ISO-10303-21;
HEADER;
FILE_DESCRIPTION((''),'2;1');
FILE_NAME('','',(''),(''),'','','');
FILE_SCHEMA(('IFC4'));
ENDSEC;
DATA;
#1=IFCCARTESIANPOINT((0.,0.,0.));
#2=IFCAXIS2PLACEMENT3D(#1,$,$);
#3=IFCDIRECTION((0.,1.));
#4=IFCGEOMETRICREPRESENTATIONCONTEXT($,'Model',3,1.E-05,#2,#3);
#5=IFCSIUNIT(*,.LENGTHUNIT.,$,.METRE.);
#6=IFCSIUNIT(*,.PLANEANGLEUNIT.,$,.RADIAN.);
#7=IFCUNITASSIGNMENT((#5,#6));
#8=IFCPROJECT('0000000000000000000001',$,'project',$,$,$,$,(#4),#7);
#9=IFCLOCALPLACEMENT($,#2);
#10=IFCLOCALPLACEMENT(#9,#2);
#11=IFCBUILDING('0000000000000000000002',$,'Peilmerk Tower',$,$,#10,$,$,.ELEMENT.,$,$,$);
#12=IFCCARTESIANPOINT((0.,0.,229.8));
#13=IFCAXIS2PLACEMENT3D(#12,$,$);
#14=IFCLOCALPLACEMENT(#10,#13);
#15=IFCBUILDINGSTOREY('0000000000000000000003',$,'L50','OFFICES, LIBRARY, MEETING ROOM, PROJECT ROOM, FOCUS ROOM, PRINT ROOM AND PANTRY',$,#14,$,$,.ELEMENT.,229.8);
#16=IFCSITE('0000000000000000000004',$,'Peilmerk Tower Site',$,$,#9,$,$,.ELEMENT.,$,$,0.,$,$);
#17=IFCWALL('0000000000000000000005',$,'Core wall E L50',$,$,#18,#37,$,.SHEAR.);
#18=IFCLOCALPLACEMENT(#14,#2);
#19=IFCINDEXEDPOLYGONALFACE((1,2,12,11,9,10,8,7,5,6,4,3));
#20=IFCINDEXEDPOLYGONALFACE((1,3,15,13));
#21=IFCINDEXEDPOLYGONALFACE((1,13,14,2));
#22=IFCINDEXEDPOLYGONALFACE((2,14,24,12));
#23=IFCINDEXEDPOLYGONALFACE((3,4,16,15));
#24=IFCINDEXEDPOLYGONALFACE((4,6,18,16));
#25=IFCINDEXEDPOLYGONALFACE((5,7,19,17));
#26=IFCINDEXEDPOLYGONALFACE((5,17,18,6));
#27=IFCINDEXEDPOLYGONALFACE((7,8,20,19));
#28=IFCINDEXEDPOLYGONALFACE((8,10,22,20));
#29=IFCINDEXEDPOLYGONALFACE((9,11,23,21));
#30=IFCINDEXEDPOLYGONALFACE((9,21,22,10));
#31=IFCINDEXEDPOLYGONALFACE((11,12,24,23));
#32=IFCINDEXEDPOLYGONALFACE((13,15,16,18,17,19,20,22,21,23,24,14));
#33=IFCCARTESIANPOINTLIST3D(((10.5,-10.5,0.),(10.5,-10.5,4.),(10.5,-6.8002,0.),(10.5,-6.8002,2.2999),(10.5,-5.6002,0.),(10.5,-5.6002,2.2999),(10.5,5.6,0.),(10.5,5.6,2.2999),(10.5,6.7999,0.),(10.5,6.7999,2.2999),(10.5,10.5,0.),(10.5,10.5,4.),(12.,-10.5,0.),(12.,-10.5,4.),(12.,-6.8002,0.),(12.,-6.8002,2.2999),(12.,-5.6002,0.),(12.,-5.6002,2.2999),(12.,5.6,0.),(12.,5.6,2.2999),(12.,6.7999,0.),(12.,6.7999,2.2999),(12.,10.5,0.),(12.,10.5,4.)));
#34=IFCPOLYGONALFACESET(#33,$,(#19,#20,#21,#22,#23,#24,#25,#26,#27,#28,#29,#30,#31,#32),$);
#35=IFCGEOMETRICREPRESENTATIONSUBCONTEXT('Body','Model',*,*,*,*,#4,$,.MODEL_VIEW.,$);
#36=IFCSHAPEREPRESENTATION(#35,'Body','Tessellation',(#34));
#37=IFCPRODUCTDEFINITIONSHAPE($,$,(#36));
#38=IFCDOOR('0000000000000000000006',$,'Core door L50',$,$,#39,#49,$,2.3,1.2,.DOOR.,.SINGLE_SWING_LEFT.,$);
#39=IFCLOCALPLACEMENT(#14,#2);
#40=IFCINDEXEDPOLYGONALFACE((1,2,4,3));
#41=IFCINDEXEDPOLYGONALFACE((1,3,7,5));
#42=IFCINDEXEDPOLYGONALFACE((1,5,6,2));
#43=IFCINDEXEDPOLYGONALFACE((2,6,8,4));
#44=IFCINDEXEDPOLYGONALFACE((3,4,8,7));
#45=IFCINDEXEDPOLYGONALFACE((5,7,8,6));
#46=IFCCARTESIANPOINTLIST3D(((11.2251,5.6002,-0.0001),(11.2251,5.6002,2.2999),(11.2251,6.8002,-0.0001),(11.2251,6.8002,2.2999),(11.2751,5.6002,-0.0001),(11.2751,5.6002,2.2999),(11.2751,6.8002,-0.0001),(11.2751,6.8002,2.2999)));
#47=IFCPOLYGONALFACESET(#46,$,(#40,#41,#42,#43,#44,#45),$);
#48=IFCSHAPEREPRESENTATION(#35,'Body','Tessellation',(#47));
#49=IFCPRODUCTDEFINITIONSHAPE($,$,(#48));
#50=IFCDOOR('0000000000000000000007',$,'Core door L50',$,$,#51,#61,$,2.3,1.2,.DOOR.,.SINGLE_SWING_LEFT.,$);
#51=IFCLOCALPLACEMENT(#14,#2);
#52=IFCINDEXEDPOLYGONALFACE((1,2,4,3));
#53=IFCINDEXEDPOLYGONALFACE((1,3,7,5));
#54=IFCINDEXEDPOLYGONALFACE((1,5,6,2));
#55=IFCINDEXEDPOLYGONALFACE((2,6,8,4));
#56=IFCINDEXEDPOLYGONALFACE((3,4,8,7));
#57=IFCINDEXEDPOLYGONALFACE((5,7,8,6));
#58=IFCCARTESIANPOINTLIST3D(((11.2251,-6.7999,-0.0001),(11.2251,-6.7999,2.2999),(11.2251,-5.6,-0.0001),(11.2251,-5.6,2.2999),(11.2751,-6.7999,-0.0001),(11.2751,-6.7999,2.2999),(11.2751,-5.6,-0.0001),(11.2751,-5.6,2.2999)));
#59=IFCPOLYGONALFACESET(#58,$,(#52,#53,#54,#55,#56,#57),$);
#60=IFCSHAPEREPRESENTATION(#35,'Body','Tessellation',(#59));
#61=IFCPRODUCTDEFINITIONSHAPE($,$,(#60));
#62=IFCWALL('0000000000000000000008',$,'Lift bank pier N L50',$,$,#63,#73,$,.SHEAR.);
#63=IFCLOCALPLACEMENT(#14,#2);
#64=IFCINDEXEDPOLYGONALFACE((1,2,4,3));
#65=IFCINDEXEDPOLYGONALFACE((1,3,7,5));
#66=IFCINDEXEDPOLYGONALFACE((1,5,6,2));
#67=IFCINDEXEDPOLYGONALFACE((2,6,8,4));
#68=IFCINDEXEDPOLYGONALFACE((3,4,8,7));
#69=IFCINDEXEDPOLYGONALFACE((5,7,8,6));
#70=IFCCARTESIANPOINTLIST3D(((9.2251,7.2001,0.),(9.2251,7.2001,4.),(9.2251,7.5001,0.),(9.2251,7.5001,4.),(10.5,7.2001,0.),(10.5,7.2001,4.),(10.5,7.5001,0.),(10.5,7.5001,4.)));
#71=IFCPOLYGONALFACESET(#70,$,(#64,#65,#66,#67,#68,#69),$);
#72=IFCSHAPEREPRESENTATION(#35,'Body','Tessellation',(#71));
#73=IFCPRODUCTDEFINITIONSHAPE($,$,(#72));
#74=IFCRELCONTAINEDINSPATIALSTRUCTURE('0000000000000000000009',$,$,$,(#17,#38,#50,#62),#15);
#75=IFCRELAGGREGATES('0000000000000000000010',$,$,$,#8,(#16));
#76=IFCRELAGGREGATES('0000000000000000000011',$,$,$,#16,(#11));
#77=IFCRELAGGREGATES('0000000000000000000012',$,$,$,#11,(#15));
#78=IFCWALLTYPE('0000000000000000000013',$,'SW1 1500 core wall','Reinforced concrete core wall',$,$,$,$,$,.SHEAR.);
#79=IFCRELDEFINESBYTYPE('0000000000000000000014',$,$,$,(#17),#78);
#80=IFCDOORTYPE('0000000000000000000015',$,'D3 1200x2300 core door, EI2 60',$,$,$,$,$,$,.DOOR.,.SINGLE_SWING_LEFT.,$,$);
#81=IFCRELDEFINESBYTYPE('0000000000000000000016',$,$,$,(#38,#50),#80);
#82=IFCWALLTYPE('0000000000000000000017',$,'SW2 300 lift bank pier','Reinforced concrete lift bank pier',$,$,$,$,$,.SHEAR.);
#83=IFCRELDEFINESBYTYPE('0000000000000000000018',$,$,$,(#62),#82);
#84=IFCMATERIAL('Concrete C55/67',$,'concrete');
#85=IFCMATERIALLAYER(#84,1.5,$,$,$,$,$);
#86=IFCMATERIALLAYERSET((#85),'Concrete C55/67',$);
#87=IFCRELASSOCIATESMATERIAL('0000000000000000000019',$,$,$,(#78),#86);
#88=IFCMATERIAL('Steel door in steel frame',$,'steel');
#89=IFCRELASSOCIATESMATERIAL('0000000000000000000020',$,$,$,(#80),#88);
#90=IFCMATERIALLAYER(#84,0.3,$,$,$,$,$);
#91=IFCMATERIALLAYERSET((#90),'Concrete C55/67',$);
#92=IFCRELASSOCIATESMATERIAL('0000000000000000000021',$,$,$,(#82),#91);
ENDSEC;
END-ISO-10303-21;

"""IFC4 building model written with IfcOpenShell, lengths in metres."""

from ifc_helpers import new_model, si_unit, direction, frame, frame_2d, origin, place, context, subcontext, project, spatial, rectangle, extrude, material, layer, layer_set, type_object, element, fill, save


model = new_model("IFC4")

# Units and contexts
model_context = context("Model", 3, precision=1e-05, world=origin(), true_north=direction((0.0, 1.0)))
body_context = subcontext(model_context, "Body", "Model", "MODEL_VIEW")
ifc_project = project(units=[si_unit("LENGTHUNIT", "METRE"), si_unit("PLANEANGLEUNIT", "RADIAN")], contexts=[model_context])

# Site, building, storey
site_placement = place(None, origin())
site = spatial("IfcSite", under=ifc_project, at=site_placement, Name="Peilmerk Tower Site", CompositionType="ELEMENT", RefElevation=0.0)
building_placement = place(site_placement, origin())
building = spatial("IfcBuilding", under=site, at=building_placement, Name="Peilmerk Tower", CompositionType="ELEMENT")
storey_placement = place(building_placement, frame((0.0, 0.0, 229.8)))
storey = spatial("IfcBuildingStorey", under=building, at=storey_placement, Name="L50", Description="OFFICES, LIBRARY, MEETING ROOM, PROJECT ROOM, FOCUS ROOM, PRINT ROOM AND PANTRY", CompositionType="ELEMENT", Elevation=229.8)

# Shared definitions
ifc_material_1 = material(Name="Steel door in steel frame", Category="steel")

# Wall, openings, doors
ifc_material_2 = material(Name="Concrete C55/67", Category="concrete")
ifc_layer_1 = layer(ifc_material_2, 1.5)
ifc_layer_set_1 = layer_set([ifc_layer_1], Name="Concrete C55/67")
wall_type_1 = type_object("IfcWallType", Name="SW1 1500 core wall", Description="Reinforced concrete core wall", PredefinedType="SHEAR", material=ifc_layer_set_1)
wall_1_placement = place(storey_placement, frame((11.25, 10.5, 0.0), z_axis=(0.0, 0.0, 1.0), x_axis=(0.0, -1.0, 0.0)))
wall_1 = element("IfcWall", 1, at=wall_1_placement, inside=storey, type_object=wall_type_1, Name="Core wall E L50", PredefinedType="SHEAR", context=body_context, shape_type="SweptSolid", body=[
    extrude(rectangle(XDim=21.0, YDim=1.5, at=frame_2d((10.5, 0.0))), origin(), (0.0, 0.0, 1.0), 4.0),
])
opening_1_placement = place(wall_1_placement, frame((3.7, 0.0, 0.0)))
opening_1 = element("IfcOpeningElement", 2, at=opening_1_placement, cuts=wall_1, PredefinedType="OPENING", context=body_context, shape_type="SweptSolid", body=[
    extrude(rectangle(XDim=1.2, YDim=2.3, at=frame_2d((0.6001, 1.1499))), frame((0.0, 0.76, 0.0), z_axis=(0.0, -1.0, 0.0), x_axis=(1.0, 0.0, 0.0)), (0.0, 0.0, 1.0), 1.52),
])
opening_2_placement = place(wall_1_placement, frame((16.1001, 0.0, 0.0)))
opening_2 = element("IfcOpeningElement", 3, at=opening_2_placement, cuts=wall_1, PredefinedType="OPENING", context=body_context, shape_type="SweptSolid", body=[
    extrude(rectangle(XDim=1.2, YDim=2.3, at=frame_2d((0.6001, 1.1499))), frame((0.0, 0.76, 0.0), z_axis=(0.0, -1.0, 0.0), x_axis=(1.0, 0.0, 0.0)), (0.0, 0.0, 1.0), 1.52),
])
door_type_1 = type_object("IfcDoorType", Name="D3 1200x2300 core door, EI2 60", OperationType="SINGLE_SWING_LEFT", PredefinedType="DOOR", material=ifc_material_1)
door_1_placement = place(opening_1_placement, frame((1.2, 0.0, 0.0), z_axis=(0.0, 0.0, 1.0), x_axis=(-1.0, 0.0, 0.0)))
door_1 = element("IfcDoor", 4, at=door_1_placement, inside=storey, type_object=door_type_1, Name="Core door L50", OperationType="SINGLE_SWING_LEFT", OverallHeight=2.3, OverallWidth=1.2, PredefinedType="DOOR", context=body_context, shape_type="SweptSolid", body=[
    extrude(rectangle(XDim=1.2, YDim=2.3, at=frame_2d((0.6001, 1.1499))), frame((0.0, 0.0249, 0.0), z_axis=(0.0, -1.0, 0.0), x_axis=(1.0, 0.0, 0.0)), (0.0, 0.0, 1.0), 0.05),
])
fill(opening_1, door_1)
door_2_placement = place(opening_2_placement, frame((1.2, 0.0, 0.0), z_axis=(0.0, 0.0, 1.0), x_axis=(-1.0, 0.0, 0.0)))
door_2 = element("IfcDoor", 5, at=door_2_placement, inside=storey, type_object=door_type_1, Name="Core door L50", OperationType="SINGLE_SWING_LEFT", OverallHeight=2.3, OverallWidth=1.2, PredefinedType="DOOR", context=body_context, shape_type="SweptSolid", body=[
    extrude(rectangle(XDim=1.2, YDim=2.3, at=frame_2d((0.6001, 1.1499))), frame((0.0, 0.0249, 0.0), z_axis=(0.0, -1.0, 0.0), x_axis=(1.0, 0.0, 0.0)), (0.0, 0.0, 1.0), 0.05),
])
fill(opening_2, door_2)

# Wall
ifc_layer_2 = layer(ifc_material_2, 0.3)
ifc_layer_set_2 = layer_set([ifc_layer_2], Name="Concrete C55/67")
wall_type_2 = type_object("IfcWallType", Name="SW2 300 lift bank pier", Description="Reinforced concrete lift bank pier", PredefinedType="SHEAR", material=ifc_layer_set_2)
wall_2_placement = place(storey_placement, frame((9.2251, 7.3501, 0.0), z_axis=(0.0, 0.0, 1.0), x_axis=(1.0, 0.0, 0.0)))
element("IfcWall", 6, at=wall_2_placement, inside=storey, type_object=wall_type_2, Name="Lift bank pier N L50", PredefinedType="SHEAR", context=body_context, shape_type="SweptSolid", body=[
    extrude(rectangle(XDim=1.2749, YDim=0.3, at=frame_2d((0.6375, 0.0))), origin(), (0.0, 0.0, 1.0), 4.0),
])

save(model, "model.ifc")
